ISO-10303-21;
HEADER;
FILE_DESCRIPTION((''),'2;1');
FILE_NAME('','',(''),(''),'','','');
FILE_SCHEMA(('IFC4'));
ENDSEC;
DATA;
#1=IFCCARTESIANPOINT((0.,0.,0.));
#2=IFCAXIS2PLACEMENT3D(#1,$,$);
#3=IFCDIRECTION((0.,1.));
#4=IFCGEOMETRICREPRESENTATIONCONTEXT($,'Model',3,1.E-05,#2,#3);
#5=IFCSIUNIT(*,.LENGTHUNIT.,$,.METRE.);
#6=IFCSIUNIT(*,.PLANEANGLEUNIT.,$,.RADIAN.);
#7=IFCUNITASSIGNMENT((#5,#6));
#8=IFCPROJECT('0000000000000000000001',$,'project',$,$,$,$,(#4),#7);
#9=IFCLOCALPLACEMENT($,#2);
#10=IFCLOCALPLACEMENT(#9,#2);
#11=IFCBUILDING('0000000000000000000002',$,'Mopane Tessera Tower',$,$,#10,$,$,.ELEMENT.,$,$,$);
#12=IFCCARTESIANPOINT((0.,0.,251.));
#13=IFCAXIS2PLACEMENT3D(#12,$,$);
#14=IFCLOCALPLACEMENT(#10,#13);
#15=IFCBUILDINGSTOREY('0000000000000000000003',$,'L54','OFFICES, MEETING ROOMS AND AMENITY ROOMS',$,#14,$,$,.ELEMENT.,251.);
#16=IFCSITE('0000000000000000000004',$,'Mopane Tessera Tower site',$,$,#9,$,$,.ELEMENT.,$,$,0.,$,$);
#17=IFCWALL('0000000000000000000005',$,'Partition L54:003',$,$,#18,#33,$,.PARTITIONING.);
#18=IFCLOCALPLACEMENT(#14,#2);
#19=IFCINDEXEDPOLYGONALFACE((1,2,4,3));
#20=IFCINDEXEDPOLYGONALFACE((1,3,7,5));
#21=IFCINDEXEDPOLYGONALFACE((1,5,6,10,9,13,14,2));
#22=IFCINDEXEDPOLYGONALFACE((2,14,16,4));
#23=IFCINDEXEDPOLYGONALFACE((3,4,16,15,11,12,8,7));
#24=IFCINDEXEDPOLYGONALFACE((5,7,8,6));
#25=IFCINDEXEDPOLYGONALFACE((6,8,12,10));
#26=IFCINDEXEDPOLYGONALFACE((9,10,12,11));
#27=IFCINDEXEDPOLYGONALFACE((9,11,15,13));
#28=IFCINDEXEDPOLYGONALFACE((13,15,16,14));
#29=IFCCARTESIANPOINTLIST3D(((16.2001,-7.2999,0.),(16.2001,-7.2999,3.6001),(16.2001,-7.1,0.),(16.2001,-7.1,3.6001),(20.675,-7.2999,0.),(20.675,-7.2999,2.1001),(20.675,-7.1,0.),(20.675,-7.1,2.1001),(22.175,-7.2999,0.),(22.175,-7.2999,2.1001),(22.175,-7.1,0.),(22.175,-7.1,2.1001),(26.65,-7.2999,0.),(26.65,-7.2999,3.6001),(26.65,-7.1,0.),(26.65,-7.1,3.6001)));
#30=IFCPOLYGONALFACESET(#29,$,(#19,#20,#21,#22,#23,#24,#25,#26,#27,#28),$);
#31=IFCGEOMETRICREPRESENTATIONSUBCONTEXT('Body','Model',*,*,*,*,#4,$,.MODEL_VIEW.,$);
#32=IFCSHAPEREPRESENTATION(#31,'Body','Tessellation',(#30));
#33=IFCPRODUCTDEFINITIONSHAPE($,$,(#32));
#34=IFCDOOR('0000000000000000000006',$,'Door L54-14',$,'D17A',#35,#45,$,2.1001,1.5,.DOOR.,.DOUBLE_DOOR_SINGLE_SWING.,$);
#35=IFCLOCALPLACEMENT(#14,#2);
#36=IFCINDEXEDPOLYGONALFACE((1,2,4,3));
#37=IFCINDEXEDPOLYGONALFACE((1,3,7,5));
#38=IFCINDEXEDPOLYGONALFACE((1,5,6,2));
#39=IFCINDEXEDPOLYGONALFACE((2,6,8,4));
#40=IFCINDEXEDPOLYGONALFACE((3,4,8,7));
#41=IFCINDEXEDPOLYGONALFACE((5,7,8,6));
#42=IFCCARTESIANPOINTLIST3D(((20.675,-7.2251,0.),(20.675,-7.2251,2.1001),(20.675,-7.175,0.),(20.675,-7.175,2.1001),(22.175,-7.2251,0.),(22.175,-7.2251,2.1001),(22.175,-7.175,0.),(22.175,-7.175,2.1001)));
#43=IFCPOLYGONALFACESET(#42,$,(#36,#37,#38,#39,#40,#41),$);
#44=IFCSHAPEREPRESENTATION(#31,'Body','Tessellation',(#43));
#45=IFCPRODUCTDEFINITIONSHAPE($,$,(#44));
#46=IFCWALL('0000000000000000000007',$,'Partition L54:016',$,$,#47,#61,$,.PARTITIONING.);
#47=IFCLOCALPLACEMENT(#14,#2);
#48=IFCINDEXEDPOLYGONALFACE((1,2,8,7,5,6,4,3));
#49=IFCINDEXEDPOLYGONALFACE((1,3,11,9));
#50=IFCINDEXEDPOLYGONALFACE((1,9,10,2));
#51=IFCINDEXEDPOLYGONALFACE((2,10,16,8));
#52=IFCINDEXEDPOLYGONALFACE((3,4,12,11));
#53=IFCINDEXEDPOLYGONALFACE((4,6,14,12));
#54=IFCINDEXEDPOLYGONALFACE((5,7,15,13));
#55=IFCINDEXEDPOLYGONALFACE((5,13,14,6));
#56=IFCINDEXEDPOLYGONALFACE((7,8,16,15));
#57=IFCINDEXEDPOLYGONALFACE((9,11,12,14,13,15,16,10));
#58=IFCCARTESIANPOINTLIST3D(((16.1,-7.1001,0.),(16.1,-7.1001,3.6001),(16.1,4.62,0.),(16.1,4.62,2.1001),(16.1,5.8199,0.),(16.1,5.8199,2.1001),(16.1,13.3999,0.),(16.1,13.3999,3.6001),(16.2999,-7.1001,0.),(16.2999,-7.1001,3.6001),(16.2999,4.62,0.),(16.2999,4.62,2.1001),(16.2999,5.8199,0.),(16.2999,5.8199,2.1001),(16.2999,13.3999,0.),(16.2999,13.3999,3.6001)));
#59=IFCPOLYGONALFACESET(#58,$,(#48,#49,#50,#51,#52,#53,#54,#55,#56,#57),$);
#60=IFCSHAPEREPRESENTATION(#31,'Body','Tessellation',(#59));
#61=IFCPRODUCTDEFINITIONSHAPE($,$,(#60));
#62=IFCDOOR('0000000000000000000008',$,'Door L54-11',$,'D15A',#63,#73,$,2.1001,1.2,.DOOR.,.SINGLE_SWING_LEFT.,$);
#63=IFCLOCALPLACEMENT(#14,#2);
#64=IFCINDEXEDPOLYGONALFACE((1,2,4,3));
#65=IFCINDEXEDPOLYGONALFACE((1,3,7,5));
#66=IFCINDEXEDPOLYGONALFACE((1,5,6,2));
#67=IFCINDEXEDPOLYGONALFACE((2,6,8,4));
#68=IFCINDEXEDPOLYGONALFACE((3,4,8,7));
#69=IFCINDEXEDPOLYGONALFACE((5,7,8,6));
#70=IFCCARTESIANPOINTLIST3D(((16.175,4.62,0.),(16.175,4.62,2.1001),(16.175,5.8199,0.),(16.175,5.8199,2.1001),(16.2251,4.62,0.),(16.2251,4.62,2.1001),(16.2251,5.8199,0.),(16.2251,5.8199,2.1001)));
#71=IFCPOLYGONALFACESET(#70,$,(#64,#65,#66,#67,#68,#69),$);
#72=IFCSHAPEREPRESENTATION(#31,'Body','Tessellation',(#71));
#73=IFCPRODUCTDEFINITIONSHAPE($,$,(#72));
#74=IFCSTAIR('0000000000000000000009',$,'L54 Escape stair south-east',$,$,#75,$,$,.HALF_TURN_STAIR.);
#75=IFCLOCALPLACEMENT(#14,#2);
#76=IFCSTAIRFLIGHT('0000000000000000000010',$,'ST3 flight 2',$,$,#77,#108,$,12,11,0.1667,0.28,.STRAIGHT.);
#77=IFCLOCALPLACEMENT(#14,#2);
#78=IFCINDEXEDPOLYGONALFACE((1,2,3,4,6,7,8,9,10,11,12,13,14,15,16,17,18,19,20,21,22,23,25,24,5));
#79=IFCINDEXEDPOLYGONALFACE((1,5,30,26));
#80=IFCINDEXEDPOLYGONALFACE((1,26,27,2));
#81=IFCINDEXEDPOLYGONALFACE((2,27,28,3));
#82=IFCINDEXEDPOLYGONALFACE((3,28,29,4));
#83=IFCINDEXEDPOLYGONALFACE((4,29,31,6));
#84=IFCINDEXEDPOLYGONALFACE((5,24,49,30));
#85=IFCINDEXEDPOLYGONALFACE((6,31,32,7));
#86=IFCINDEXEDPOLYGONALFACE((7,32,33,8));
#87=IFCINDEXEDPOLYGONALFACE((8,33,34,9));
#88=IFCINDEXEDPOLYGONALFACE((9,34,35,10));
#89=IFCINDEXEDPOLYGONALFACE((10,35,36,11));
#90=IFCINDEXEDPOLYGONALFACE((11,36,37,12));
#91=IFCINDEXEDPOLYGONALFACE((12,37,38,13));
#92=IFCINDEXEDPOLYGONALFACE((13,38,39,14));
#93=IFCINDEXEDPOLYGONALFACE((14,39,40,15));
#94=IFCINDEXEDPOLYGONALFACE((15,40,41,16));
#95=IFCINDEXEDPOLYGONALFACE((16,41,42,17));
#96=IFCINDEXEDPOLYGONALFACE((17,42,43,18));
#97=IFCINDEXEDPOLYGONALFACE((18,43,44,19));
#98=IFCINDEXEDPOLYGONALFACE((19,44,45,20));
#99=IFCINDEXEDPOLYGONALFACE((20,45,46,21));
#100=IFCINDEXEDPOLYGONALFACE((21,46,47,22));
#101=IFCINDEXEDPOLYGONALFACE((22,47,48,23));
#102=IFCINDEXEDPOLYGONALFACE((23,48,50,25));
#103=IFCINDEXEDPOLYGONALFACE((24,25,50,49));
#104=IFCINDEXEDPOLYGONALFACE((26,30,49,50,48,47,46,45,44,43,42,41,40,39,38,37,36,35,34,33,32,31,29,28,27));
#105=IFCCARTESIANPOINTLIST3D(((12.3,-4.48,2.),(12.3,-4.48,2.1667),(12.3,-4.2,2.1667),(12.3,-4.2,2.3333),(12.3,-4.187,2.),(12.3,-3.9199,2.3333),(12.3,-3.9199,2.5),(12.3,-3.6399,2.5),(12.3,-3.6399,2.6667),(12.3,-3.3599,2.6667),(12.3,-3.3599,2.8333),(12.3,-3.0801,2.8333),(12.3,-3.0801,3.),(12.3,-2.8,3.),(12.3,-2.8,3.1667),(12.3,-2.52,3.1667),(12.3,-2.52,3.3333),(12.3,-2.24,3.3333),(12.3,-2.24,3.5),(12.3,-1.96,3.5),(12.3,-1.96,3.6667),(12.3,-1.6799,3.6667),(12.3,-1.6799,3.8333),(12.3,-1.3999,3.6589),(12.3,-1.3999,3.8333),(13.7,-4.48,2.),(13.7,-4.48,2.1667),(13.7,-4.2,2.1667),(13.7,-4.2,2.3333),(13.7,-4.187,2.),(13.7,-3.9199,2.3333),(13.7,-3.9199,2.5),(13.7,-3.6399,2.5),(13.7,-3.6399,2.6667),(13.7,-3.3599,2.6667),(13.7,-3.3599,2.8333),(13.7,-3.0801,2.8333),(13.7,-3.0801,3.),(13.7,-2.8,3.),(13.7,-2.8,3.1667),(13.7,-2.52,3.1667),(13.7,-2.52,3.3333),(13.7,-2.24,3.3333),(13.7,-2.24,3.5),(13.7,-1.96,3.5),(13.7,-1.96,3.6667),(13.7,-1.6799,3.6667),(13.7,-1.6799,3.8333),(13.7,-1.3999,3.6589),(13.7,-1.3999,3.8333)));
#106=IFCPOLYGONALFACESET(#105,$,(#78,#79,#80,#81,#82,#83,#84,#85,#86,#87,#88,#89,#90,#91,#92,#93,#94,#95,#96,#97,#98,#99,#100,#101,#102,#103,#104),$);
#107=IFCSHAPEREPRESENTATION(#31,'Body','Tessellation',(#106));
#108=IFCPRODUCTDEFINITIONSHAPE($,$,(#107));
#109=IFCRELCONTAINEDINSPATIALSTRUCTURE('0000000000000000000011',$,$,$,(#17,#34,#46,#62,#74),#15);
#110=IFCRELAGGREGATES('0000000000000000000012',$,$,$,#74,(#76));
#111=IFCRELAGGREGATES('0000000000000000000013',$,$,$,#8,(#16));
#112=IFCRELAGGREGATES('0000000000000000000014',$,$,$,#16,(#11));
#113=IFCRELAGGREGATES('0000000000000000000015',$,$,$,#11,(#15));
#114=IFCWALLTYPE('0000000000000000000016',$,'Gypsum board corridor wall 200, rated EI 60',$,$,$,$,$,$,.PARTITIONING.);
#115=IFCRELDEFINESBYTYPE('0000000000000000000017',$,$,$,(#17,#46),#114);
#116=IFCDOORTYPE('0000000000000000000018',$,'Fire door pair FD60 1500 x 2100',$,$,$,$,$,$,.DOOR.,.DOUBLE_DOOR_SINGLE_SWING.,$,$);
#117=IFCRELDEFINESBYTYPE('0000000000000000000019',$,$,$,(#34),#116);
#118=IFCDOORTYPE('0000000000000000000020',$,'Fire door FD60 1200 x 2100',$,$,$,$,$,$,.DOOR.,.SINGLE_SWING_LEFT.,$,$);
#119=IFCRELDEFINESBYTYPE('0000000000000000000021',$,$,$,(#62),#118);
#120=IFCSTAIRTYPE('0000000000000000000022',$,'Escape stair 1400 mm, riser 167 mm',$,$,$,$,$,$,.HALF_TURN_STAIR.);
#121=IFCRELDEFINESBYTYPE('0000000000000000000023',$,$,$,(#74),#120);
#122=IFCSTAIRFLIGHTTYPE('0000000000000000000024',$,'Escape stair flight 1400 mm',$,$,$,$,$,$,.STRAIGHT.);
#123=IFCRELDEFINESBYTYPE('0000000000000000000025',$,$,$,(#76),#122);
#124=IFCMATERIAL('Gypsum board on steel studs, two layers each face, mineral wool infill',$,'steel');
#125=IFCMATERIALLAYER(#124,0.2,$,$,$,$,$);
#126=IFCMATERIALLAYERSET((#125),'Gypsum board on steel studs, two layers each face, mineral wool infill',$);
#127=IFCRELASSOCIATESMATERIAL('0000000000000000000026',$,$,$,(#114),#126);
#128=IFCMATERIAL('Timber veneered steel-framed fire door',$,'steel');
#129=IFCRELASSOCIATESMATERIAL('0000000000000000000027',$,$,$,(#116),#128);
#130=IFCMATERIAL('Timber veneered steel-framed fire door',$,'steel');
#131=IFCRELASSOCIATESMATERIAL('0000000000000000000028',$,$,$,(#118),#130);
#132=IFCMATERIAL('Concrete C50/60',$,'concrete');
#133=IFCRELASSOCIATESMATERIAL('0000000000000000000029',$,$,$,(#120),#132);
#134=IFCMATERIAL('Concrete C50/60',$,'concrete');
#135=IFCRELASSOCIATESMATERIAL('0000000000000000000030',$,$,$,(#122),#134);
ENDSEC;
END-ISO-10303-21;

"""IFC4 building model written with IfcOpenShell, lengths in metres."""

from ifc_helpers import new_model, si_unit, direction, frame, frame_2d, origin, place, context, subcontext, project, spatial, polyline, rectangle, outline, extrude, material, layer, layer_set, type_object, element, fill, aggregate, save


model = new_model("IFC4")

# Units and contexts
model_context = context("Model", 3, precision=1e-05, world=origin(), true_north=direction((0.0, 1.0)))
body_context = subcontext(model_context, "Body", "Model", "MODEL_VIEW")
ifc_project = project(units=[si_unit("LENGTHUNIT", "METRE"), si_unit("PLANEANGLEUNIT", "RADIAN")], contexts=[model_context])

# Site, building, storey
site_placement = place(None, origin())
site = spatial("IfcSite", under=ifc_project, at=site_placement, Name="Mopane Tessera Tower site", CompositionType="ELEMENT", RefElevation=0.0)
building_placement = place(site_placement, origin())
building = spatial("IfcBuilding", under=site, at=building_placement, Name="Mopane Tessera Tower", CompositionType="ELEMENT")
storey_placement = place(building_placement, frame((0.0, 0.0, 251.0)))
storey = spatial("IfcBuildingStorey", under=building, at=storey_placement, Name="L54", Description="OFFICES, MEETING ROOMS AND AMENITY ROOMS", CompositionType="ELEMENT", Elevation=251.0)

# Walls, openings, doors
ifc_material_1 = material(Name="Gypsum board on steel studs, two layers each face, mineral wool infill", Category="steel")
ifc_layer_1 = layer(ifc_material_1, 0.2)
ifc_layer_set_1 = layer_set([ifc_layer_1], Name="Gypsum board on steel studs, two layers each face, mineral wool infill")
wall_type_1 = type_object("IfcWallType", Name="Gypsum board corridor wall 200, rated EI 60", PredefinedType="PARTITIONING", material=ifc_layer_set_1)
wall_1_placement = place(storey_placement, frame((16.2, -7.2, 0.0), z_axis=(0.0, 0.0, 1.0), x_axis=(1.0, 0.0, 0.0)))
wall_1 = element("IfcWall", 1, at=wall_1_placement, inside=storey, type_object=wall_type_1, Name="Partition L54:003", PredefinedType="PARTITIONING", context=body_context, shape_type="SweptSolid", body=[
    extrude(rectangle(XDim=10.45, YDim=0.2, at=frame_2d((5.2251, 0.0))), origin(), (0.0, 0.0, 1.0), 3.6001),
])
opening_1_placement = place(wall_1_placement, frame((4.4751, 0.0, 0.0)))
opening_1 = element("IfcOpeningElement", 2, at=opening_1_placement, cuts=wall_1, PredefinedType="OPENING", context=body_context, shape_type="SweptSolid", body=[
    extrude(rectangle(XDim=1.5, YDim=2.1001, at=frame_2d((0.75, 1.05))), frame((0.0, 0.1121, 0.0), z_axis=(0.0, -1.0, 0.0), x_axis=(1.0, 0.0, 0.0)), (0.0, 0.0, 1.0), 0.2239),
])
ifc_material_2 = material(Name="Timber veneered steel-framed fire door", Category="steel")
door_type_1 = type_object("IfcDoorType", Name="Fire door pair FD60 1500 x 2100", OperationType="DOUBLE_DOOR_SINGLE_SWING", PredefinedType="DOOR", material=ifc_material_2)
door_1_placement = place(opening_1_placement, origin())
door_1 = element("IfcDoor", 3, at=door_1_placement, inside=storey, type_object=door_type_1, Name="Door L54-14", ObjectType="D17A", OperationType="DOUBLE_DOOR_SINGLE_SWING", OverallHeight=2.1001, OverallWidth=1.5, PredefinedType="DOOR", context=body_context, shape_type="SweptSolid", body=[
    extrude(rectangle(XDim=1.5, YDim=2.1001, at=frame_2d((0.75, 1.05))), frame((0.0, 0.0249, 0.0), z_axis=(0.0, -1.0, 0.0), x_axis=(1.0, 0.0, 0.0)), (0.0, 0.0, 1.0), 0.05),
])
fill(opening_1, door_1)
wall_2_placement = place(storey_placement, frame((16.2, -7.1001, 0.0), z_axis=(0.0, 0.0, 1.0), x_axis=(0.0, 1.0, 0.0)))
wall_2 = element("IfcWall", 4, at=wall_2_placement, inside=storey, type_object=wall_type_1, Name="Partition L54:016", PredefinedType="PARTITIONING", context=body_context, shape_type="SweptSolid", body=[
    extrude(rectangle(XDim=20.5, YDim=0.2, at=frame_2d((10.25, 0.0))), origin(), (0.0, 0.0, 1.0), 3.6001),
])
opening_2_placement = place(wall_2_placement, frame((11.72, 0.0, 0.0)))
opening_2 = element("IfcOpeningElement", 5, at=opening_2_placement, cuts=wall_2, PredefinedType="OPENING", context=body_context, shape_type="SweptSolid", body=[
    extrude(rectangle(XDim=1.2, YDim=2.1001, at=frame_2d((0.6001, 1.05))), frame((0.0, 0.1121, 0.0), z_axis=(0.0, -1.0, 0.0), x_axis=(1.0, 0.0, 0.0)), (0.0, 0.0, 1.0), 0.2239),
])
ifc_material_3 = material(Name="Timber veneered steel-framed fire door", Category="steel")
door_type_2 = type_object("IfcDoorType", Name="Fire door FD60 1200 x 2100", OperationType="SINGLE_SWING_LEFT", PredefinedType="DOOR", material=ifc_material_3)
door_2_placement = place(opening_2_placement, origin())
door_2 = element("IfcDoor", 6, at=door_2_placement, inside=storey, type_object=door_type_2, Name="Door L54-11", ObjectType="D15A", OperationType="SINGLE_SWING_LEFT", OverallHeight=2.1001, OverallWidth=1.2, PredefinedType="DOOR", context=body_context, shape_type="SweptSolid", body=[
    extrude(rectangle(XDim=1.2, YDim=2.1001, at=frame_2d((0.6001, 1.05))), frame((0.0, 0.0249, 0.0), z_axis=(0.0, -1.0, 0.0), x_axis=(1.0, 0.0, 0.0)), (0.0, 0.0, 1.0), 0.05),
])
fill(opening_2, door_2)

# Stair, stair flight
ifc_material_4 = material(Name="Concrete C50/60", Category="concrete")
stair_type = type_object("IfcStairType", Name="Escape stair 1400 mm, riser 167 mm", PredefinedType="HALF_TURN_STAIR", material=ifc_material_4)
stair_placement = place(storey_placement, origin())
stair = element("IfcStair", 7, at=stair_placement, inside=storey, type_object=stair_type, Name="L54 Escape stair south-east", PredefinedType="HALF_TURN_STAIR")
ifc_material_5 = material(Name="Concrete C50/60", Category="concrete")
stair_flight_type = type_object("IfcStairFlightType", Name="Escape stair flight 1400 mm", PredefinedType="STRAIGHT", material=ifc_material_5)
stair_flight_placement = place(storey_placement, frame((13.0, -4.48, 2.0), z_axis=(0.0, 0.0, 1.0), x_axis=(0.0, 1.0, 0.0)))
stair_flight = element("IfcStairFlight", 8, at=stair_flight_placement, type_object=stair_flight_type, Name="ST3 flight 2", NumberOfRisers=12, NumberOfTreads=11, PredefinedType="STRAIGHT", RiserHeight=0.1667, TreadLength=0.28, context=body_context, shape_type="SweptSolid", body=[
    extrude(outline(polyline([(0.0, 0.0), (0.0, 0.1667), (0.28, 0.1667), (0.28, 0.3333), (0.5601, 0.3333), (0.5601, 0.5), (0.8401, 0.5), (0.8401, 0.6667), (1.1201, 0.6667), (1.1201, 0.8333), (1.3999, 0.8333), (1.3999, 1.0), (1.6799, 1.0), (1.6799, 1.1667), (1.96, 1.1667), (1.96, 1.3333), (2.24, 1.3333), (2.24, 1.5), (2.52, 1.5), (2.52, 1.6667), (2.8, 1.6667), (2.8, 1.8333), (3.0801, 1.8333), (3.0801, 2.0), (3.0801, 1.6589), (0.293, 0.0), (0.0, 0.0)])), frame((0.0, 0.7, 0.0), z_axis=(0.0, -1.0, 0.0), x_axis=(1.0, 0.0, 0.0)), (0.0, 0.0, 1.0), 1.3999),
])
aggregate(stair, [stair_flight])

save(model, "model.ifc")
